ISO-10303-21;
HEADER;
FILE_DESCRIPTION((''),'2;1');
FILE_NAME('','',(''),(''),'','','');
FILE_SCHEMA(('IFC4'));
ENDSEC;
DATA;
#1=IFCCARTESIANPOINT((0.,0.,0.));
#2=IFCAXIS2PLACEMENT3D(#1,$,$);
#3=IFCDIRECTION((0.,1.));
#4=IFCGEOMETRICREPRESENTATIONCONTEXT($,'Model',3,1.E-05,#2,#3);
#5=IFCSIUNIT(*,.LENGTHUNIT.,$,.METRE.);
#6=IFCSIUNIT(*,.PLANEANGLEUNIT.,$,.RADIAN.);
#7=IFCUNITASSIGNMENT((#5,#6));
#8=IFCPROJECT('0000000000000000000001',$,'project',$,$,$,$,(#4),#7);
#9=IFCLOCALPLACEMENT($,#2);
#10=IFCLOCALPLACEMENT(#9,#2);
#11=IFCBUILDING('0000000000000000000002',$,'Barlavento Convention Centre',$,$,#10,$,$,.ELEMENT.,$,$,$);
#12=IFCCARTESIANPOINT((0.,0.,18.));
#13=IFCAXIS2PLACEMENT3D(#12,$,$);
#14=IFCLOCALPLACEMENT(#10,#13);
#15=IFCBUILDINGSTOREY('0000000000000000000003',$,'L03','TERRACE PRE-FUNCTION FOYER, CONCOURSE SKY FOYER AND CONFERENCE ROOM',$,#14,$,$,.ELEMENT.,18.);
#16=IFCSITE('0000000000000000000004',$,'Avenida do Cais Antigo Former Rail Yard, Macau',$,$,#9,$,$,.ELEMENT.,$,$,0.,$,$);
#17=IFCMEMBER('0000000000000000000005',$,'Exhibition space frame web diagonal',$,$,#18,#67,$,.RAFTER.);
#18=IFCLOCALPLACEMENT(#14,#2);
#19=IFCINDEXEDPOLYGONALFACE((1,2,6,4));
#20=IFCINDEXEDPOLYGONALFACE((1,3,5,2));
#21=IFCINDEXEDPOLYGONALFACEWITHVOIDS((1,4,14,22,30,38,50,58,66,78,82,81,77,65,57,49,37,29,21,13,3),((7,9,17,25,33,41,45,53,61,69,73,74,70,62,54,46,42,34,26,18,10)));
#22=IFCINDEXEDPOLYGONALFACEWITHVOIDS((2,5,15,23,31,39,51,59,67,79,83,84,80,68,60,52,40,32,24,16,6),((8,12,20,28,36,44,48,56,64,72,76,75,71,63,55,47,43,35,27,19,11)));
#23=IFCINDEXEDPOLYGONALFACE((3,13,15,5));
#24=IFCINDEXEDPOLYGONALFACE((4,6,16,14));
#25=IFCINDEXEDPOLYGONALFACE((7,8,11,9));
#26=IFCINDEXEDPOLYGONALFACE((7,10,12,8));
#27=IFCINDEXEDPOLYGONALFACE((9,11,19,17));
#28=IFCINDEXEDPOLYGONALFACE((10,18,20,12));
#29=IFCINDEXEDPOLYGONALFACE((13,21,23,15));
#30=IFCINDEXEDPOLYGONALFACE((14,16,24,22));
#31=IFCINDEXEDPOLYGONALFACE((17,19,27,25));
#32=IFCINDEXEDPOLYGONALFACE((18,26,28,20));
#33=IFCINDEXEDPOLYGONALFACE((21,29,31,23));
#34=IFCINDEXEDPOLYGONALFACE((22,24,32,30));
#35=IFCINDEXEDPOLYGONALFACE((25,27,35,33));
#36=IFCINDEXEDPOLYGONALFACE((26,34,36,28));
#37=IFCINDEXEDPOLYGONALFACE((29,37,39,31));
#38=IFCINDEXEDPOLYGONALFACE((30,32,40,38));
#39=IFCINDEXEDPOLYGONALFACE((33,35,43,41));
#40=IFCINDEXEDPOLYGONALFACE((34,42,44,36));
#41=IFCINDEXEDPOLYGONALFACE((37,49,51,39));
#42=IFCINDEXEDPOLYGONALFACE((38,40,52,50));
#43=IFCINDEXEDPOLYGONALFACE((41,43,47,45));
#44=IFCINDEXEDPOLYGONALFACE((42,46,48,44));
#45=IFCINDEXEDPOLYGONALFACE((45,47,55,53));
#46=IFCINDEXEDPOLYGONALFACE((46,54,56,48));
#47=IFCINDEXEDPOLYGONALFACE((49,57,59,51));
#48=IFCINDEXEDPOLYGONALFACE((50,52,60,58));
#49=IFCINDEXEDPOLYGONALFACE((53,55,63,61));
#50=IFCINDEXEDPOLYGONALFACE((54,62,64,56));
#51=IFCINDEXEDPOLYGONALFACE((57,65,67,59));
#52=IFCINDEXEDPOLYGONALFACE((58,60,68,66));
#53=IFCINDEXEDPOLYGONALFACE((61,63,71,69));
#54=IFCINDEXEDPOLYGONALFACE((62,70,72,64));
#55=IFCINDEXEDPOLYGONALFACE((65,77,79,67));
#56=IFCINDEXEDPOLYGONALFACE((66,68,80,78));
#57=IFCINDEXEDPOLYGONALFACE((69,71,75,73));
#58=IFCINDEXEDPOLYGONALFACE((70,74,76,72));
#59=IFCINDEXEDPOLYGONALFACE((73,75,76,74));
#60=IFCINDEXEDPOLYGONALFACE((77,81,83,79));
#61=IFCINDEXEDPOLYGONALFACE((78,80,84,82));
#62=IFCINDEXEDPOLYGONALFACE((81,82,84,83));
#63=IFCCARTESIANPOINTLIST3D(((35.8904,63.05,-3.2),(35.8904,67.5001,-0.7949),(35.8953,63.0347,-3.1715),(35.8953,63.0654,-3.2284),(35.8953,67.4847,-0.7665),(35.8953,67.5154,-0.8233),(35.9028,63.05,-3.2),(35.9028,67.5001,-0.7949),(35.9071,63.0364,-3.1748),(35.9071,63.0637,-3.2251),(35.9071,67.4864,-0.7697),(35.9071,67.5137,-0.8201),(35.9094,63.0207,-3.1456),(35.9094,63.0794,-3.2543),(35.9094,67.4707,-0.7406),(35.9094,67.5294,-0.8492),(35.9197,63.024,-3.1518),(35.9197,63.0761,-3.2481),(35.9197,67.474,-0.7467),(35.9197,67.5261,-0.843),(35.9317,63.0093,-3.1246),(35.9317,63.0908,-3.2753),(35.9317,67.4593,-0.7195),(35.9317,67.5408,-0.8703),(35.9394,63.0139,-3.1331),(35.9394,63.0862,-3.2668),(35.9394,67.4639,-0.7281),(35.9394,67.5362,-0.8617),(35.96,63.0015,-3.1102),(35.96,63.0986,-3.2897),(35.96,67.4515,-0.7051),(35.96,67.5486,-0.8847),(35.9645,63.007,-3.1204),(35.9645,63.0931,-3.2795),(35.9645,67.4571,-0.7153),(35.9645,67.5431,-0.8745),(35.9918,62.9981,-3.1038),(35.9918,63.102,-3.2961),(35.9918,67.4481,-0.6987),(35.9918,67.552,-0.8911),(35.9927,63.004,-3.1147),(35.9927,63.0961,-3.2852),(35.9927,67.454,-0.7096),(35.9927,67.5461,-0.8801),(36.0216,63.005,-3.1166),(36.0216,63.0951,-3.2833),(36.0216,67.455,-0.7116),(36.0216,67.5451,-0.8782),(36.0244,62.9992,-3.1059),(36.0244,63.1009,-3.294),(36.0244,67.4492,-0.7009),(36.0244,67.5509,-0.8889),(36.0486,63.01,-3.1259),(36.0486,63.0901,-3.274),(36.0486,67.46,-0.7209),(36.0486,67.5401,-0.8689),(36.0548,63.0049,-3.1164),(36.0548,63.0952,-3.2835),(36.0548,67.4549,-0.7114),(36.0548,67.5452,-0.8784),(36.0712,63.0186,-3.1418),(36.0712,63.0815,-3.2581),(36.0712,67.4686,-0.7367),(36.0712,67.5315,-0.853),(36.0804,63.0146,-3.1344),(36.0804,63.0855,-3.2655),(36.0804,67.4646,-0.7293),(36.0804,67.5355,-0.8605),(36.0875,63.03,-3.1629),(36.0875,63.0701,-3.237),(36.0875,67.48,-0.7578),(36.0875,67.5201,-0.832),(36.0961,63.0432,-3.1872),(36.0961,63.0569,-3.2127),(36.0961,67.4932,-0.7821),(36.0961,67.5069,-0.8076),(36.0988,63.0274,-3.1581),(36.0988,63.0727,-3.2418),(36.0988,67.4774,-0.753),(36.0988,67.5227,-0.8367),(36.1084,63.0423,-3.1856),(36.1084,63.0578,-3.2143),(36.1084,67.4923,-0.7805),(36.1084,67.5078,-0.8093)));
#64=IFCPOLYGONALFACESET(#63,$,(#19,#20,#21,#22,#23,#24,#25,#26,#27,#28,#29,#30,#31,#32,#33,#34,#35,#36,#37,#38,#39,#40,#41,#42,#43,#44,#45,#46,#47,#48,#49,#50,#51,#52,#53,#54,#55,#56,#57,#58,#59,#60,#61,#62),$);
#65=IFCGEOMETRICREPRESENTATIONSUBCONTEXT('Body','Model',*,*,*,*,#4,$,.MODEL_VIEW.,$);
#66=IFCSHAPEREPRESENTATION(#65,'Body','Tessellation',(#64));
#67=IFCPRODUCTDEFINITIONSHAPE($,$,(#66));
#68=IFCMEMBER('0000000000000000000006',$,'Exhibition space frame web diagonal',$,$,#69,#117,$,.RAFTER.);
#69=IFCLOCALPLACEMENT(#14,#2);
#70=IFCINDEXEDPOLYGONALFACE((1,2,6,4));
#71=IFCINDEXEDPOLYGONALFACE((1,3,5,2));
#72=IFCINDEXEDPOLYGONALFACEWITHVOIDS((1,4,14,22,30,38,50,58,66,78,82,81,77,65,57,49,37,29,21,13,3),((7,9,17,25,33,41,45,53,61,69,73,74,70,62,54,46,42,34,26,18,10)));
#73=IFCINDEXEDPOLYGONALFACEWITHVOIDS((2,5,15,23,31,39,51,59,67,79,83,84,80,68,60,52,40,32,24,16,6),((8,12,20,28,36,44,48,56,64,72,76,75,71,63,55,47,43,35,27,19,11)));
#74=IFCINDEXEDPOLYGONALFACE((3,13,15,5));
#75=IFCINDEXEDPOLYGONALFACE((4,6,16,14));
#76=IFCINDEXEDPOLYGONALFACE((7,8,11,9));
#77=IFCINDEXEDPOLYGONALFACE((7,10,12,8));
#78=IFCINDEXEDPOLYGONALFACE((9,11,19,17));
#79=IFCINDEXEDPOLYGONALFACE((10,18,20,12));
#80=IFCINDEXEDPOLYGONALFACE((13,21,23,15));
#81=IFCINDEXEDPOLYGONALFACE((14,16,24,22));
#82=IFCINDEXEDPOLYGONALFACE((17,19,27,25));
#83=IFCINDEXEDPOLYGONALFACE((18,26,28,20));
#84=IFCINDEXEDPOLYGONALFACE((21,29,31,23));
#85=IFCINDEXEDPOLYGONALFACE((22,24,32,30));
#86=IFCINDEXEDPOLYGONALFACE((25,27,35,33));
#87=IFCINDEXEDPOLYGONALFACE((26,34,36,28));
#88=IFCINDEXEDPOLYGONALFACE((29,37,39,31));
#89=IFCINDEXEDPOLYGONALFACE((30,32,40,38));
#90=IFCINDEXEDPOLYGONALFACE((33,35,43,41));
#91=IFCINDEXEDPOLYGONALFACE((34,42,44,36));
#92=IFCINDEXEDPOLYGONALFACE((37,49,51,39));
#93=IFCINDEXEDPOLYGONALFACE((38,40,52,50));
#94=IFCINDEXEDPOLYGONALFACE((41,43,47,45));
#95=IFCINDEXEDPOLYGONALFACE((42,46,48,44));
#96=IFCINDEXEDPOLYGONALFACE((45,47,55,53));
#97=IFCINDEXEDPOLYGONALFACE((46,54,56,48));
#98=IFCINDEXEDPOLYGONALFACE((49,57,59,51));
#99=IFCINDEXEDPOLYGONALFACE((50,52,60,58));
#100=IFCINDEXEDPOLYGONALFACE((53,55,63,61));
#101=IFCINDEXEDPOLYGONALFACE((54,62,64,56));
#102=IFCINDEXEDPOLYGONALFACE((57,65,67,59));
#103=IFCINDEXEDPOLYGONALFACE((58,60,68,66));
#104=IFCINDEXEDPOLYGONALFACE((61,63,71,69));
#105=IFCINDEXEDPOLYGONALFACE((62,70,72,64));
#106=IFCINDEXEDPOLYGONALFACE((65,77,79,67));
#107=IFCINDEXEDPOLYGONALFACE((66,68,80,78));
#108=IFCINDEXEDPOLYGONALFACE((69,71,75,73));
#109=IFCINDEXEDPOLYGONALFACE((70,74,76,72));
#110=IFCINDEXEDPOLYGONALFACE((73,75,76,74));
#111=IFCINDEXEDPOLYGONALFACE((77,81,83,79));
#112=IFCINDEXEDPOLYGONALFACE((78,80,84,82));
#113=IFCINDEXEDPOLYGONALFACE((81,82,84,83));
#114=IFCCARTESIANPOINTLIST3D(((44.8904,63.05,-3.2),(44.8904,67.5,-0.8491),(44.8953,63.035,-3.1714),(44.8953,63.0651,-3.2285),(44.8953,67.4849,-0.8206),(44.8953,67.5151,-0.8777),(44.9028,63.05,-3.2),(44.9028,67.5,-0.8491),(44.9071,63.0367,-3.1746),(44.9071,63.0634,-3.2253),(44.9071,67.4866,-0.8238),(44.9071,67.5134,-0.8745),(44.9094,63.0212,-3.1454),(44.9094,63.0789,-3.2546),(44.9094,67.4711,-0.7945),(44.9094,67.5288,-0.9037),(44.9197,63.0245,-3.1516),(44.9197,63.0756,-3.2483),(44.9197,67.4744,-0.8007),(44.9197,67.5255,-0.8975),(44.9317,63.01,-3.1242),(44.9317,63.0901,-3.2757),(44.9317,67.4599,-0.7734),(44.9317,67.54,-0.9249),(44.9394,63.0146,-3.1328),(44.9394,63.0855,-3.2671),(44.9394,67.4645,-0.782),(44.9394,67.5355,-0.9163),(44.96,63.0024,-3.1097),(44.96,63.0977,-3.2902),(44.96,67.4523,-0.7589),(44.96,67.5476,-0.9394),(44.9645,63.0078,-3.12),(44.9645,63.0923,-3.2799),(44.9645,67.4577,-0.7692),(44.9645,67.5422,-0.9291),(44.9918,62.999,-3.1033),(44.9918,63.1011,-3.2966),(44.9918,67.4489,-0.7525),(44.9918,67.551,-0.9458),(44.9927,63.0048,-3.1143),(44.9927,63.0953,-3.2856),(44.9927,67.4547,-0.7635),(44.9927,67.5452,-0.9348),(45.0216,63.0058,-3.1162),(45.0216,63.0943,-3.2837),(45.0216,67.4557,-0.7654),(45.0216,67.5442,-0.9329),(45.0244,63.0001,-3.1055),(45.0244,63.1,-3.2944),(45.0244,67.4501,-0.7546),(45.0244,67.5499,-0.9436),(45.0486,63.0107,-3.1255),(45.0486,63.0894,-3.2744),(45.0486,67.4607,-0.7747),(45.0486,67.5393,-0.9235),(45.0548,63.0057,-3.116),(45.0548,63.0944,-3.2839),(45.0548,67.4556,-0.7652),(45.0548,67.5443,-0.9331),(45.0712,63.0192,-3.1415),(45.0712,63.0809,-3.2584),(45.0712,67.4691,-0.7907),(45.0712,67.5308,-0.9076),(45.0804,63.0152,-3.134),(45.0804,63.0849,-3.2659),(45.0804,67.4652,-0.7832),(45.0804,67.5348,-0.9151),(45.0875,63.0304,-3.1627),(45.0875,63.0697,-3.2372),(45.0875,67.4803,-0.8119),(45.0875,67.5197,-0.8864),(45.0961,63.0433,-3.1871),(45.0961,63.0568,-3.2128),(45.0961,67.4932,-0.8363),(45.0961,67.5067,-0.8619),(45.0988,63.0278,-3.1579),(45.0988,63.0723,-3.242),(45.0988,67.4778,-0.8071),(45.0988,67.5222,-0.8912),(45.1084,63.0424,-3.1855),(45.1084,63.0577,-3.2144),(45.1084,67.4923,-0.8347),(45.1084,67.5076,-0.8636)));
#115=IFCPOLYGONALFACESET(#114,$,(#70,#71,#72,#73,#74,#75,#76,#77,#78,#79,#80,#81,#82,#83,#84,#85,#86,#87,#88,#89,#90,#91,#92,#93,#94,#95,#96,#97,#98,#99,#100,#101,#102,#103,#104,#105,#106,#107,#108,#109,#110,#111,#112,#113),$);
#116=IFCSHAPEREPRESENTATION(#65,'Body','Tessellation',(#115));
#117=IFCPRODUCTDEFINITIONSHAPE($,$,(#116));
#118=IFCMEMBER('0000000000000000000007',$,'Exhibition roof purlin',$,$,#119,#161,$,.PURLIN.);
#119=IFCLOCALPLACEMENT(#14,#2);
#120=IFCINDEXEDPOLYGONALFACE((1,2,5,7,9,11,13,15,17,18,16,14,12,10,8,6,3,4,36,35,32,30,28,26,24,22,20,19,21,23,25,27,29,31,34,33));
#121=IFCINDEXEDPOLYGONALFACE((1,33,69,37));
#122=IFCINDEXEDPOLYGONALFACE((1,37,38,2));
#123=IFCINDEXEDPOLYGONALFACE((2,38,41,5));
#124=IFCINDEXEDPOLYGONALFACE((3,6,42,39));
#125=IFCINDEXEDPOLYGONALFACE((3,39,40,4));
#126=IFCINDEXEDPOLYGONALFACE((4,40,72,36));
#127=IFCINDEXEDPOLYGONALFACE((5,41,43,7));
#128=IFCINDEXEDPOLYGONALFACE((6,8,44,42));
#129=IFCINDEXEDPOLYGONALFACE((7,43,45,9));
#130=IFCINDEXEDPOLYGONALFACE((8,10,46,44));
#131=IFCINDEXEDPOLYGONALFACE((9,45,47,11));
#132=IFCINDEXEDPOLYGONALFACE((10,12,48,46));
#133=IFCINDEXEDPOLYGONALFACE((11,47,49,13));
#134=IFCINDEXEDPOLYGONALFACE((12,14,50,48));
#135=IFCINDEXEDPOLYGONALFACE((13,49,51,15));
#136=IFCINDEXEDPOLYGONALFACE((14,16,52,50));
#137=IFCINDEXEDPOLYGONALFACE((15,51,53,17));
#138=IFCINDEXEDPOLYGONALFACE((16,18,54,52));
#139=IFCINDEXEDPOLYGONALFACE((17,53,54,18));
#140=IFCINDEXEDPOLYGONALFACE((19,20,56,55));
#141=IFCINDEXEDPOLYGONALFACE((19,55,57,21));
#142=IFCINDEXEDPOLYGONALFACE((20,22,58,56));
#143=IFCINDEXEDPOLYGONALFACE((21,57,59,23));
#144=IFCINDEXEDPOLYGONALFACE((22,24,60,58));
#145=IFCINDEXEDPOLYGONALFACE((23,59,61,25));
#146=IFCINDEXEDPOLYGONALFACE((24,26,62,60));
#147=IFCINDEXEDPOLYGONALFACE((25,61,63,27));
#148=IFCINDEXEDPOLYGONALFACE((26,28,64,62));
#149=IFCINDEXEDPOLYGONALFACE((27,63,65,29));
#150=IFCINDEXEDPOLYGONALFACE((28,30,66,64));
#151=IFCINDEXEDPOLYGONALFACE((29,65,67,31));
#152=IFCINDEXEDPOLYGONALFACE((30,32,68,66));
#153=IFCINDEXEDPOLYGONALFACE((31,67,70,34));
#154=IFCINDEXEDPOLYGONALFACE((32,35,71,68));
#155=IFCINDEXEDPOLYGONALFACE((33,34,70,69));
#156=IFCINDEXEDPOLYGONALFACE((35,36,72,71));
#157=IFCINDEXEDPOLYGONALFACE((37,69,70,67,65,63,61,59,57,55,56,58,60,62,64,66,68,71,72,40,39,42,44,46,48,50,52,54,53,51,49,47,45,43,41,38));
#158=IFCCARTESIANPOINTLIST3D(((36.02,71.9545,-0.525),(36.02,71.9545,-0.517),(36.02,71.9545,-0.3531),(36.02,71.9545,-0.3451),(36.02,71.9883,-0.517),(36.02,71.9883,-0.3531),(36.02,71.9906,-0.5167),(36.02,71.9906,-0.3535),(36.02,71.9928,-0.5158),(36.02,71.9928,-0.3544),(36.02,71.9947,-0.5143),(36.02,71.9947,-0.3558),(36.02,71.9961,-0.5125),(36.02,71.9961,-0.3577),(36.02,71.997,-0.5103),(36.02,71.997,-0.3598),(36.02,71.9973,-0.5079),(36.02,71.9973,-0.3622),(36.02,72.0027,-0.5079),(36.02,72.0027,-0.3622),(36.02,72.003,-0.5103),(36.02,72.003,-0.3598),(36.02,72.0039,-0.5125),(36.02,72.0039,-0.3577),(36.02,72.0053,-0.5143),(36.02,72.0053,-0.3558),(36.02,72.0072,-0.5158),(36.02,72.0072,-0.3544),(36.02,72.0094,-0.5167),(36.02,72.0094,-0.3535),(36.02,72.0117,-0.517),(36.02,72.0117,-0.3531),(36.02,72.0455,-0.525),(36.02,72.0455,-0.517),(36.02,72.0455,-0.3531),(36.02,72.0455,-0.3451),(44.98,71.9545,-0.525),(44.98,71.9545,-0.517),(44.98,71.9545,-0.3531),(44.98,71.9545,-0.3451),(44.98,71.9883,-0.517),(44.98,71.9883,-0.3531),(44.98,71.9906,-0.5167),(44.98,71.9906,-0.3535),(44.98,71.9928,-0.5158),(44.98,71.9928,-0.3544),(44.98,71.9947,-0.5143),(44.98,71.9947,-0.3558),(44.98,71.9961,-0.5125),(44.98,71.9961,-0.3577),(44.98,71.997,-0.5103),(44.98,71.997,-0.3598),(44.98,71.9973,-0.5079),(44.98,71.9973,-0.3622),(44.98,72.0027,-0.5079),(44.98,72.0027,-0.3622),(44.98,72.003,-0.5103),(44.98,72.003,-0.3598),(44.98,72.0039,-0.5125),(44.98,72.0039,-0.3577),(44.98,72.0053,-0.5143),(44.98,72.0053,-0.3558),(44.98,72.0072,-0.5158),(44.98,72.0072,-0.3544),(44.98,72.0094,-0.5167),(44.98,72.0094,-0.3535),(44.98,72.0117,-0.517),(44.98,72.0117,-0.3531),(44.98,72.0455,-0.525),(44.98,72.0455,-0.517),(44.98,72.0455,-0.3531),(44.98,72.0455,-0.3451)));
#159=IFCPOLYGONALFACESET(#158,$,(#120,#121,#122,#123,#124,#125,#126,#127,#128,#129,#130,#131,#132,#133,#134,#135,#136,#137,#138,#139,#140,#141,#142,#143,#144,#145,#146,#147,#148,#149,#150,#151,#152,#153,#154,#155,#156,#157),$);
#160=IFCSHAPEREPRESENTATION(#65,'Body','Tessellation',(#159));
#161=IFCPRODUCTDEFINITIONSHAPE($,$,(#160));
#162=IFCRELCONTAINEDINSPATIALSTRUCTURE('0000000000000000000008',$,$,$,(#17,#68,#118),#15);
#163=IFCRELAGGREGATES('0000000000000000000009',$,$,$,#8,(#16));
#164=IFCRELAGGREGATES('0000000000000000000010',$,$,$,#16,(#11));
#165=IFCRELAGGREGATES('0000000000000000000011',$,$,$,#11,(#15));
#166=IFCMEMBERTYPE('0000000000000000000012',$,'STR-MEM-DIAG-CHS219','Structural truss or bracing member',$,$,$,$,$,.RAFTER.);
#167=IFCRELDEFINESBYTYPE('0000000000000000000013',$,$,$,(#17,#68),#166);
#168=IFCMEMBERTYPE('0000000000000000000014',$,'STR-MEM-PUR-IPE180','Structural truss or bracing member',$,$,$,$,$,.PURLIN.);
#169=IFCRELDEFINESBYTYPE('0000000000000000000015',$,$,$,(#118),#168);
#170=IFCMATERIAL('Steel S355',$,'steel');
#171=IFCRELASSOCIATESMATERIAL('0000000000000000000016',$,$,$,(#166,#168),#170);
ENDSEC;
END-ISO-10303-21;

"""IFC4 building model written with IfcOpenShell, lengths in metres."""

from ifc_helpers import new_model, si_unit, direction, frame, origin, origin_2d, place, context, subcontext, project, spatial, hollow_circle, i_section, extrude, material, material_profile, profile_set, type_object, element, save


model = new_model("IFC4")

# Units and contexts
model_context = context("Model", 3, precision=1e-05, world=origin(), true_north=direction((0.0, 1.0)))
body_context = subcontext(model_context, "Body", "Model", "MODEL_VIEW")
ifc_project = project(units=[si_unit("LENGTHUNIT", "METRE"), si_unit("PLANEANGLEUNIT", "RADIAN")], contexts=[model_context])

# Site, building, storey
site_placement = place(None, origin())
site = spatial("IfcSite", under=ifc_project, at=site_placement, Name="Avenida do Cais Antigo Former Rail Yard, Macau", CompositionType="ELEMENT", RefElevation=0.0)
building_placement = place(site_placement, origin())
building = spatial("IfcBuilding", under=site, at=building_placement, Name="Barlavento Convention Centre", CompositionType="ELEMENT")
storey_placement = place(building_placement, frame((0.0, 0.0, 18.0)))
storey = spatial("IfcBuildingStorey", under=building, at=storey_placement, Name="L03", Description="TERRACE PRE-FUNCTION FOYER, CONCOURSE SKY FOYER AND CONFERENCE ROOM", CompositionType="ELEMENT", Elevation=18.0)

# Members
ifc_material_1 = material(Name="Steel S355", Category="steel")
ifc_material_profile_1 = material_profile(ifc_material_1, hollow_circle(Radius=0.1096, WallThickness=0.0125, at=origin_2d()), Name="CHS 219.1x12.5")
ifc_profile_set_1 = profile_set([ifc_material_profile_1], Name="Steel S355")
member_type_1 = type_object("IfcMemberType", Name="STR-MEM-DIAG-CHS219", Description="Structural truss or bracing member", PredefinedType="RAFTER", material=ifc_profile_set_1)
member_1_placement = place(storey_placement, frame((36.0, 63.05, -3.2), z_axis=(0.0, 0.879735, 0.475464), x_axis=(-1.0, 0.0, 0.0)))
element("IfcMember", 1, at=member_1_placement, inside=storey, type_object=member_type_1, Name="Exhibition space frame web diagonal", PredefinedType="RAFTER", context=body_context, shape_type="SweptSolid", body=[
    extrude(hollow_circle(Radius=0.1096, WallThickness=0.0125, at=origin_2d()), origin(), (0.0, 0.0, 1.0), 5.0583),
])
member_2_placement = place(storey_placement, frame((45.0, 63.05, -3.2), z_axis=(0.0, 0.884201, 0.467107), x_axis=(-1.0, 0.0, 0.0)))
element("IfcMember", 2, at=member_2_placement, inside=storey, type_object=member_type_1, Name="Exhibition space frame web diagonal", PredefinedType="RAFTER", context=body_context, shape_type="SweptSolid", body=[
    extrude(hollow_circle(Radius=0.1096, WallThickness=0.0125, at=origin_2d()), origin(), (0.0, 0.0, 1.0), 5.0327),
])
ifc_material_profile_2 = material_profile(ifc_material_1, i_section(OverallWidth=0.0911, OverallDepth=0.1799, WebThickness=0.0054, FlangeThickness=0.0081, FilletRadius=0.009, at=origin_2d()), Name="IPE 180")
ifc_profile_set_2 = profile_set([ifc_material_profile_2], Name="Steel S355")
member_type_2 = type_object("IfcMemberType", Name="STR-MEM-PUR-IPE180", Description="Structural truss or bracing member", PredefinedType="PURLIN", material=ifc_profile_set_2)
member_3_placement = place(storey_placement, frame((36.02, 72.0, -0.4351), z_axis=(1.0, 0.0, 0.0), x_axis=(0.0, 1.0, 0.0)))
element("IfcMember", 3, at=member_3_placement, inside=storey, type_object=member_type_2, Name="Exhibition roof purlin", PredefinedType="PURLIN", context=body_context, shape_type="SweptSolid", body=[
    extrude(i_section(OverallWidth=0.0911, OverallDepth=0.1799, WebThickness=0.0054, FlangeThickness=0.0081, FilletRadius=0.009, at=origin_2d()), origin(), (0.0, 0.0, 1.0), 8.96),
])

save(model, "model.ifc")
